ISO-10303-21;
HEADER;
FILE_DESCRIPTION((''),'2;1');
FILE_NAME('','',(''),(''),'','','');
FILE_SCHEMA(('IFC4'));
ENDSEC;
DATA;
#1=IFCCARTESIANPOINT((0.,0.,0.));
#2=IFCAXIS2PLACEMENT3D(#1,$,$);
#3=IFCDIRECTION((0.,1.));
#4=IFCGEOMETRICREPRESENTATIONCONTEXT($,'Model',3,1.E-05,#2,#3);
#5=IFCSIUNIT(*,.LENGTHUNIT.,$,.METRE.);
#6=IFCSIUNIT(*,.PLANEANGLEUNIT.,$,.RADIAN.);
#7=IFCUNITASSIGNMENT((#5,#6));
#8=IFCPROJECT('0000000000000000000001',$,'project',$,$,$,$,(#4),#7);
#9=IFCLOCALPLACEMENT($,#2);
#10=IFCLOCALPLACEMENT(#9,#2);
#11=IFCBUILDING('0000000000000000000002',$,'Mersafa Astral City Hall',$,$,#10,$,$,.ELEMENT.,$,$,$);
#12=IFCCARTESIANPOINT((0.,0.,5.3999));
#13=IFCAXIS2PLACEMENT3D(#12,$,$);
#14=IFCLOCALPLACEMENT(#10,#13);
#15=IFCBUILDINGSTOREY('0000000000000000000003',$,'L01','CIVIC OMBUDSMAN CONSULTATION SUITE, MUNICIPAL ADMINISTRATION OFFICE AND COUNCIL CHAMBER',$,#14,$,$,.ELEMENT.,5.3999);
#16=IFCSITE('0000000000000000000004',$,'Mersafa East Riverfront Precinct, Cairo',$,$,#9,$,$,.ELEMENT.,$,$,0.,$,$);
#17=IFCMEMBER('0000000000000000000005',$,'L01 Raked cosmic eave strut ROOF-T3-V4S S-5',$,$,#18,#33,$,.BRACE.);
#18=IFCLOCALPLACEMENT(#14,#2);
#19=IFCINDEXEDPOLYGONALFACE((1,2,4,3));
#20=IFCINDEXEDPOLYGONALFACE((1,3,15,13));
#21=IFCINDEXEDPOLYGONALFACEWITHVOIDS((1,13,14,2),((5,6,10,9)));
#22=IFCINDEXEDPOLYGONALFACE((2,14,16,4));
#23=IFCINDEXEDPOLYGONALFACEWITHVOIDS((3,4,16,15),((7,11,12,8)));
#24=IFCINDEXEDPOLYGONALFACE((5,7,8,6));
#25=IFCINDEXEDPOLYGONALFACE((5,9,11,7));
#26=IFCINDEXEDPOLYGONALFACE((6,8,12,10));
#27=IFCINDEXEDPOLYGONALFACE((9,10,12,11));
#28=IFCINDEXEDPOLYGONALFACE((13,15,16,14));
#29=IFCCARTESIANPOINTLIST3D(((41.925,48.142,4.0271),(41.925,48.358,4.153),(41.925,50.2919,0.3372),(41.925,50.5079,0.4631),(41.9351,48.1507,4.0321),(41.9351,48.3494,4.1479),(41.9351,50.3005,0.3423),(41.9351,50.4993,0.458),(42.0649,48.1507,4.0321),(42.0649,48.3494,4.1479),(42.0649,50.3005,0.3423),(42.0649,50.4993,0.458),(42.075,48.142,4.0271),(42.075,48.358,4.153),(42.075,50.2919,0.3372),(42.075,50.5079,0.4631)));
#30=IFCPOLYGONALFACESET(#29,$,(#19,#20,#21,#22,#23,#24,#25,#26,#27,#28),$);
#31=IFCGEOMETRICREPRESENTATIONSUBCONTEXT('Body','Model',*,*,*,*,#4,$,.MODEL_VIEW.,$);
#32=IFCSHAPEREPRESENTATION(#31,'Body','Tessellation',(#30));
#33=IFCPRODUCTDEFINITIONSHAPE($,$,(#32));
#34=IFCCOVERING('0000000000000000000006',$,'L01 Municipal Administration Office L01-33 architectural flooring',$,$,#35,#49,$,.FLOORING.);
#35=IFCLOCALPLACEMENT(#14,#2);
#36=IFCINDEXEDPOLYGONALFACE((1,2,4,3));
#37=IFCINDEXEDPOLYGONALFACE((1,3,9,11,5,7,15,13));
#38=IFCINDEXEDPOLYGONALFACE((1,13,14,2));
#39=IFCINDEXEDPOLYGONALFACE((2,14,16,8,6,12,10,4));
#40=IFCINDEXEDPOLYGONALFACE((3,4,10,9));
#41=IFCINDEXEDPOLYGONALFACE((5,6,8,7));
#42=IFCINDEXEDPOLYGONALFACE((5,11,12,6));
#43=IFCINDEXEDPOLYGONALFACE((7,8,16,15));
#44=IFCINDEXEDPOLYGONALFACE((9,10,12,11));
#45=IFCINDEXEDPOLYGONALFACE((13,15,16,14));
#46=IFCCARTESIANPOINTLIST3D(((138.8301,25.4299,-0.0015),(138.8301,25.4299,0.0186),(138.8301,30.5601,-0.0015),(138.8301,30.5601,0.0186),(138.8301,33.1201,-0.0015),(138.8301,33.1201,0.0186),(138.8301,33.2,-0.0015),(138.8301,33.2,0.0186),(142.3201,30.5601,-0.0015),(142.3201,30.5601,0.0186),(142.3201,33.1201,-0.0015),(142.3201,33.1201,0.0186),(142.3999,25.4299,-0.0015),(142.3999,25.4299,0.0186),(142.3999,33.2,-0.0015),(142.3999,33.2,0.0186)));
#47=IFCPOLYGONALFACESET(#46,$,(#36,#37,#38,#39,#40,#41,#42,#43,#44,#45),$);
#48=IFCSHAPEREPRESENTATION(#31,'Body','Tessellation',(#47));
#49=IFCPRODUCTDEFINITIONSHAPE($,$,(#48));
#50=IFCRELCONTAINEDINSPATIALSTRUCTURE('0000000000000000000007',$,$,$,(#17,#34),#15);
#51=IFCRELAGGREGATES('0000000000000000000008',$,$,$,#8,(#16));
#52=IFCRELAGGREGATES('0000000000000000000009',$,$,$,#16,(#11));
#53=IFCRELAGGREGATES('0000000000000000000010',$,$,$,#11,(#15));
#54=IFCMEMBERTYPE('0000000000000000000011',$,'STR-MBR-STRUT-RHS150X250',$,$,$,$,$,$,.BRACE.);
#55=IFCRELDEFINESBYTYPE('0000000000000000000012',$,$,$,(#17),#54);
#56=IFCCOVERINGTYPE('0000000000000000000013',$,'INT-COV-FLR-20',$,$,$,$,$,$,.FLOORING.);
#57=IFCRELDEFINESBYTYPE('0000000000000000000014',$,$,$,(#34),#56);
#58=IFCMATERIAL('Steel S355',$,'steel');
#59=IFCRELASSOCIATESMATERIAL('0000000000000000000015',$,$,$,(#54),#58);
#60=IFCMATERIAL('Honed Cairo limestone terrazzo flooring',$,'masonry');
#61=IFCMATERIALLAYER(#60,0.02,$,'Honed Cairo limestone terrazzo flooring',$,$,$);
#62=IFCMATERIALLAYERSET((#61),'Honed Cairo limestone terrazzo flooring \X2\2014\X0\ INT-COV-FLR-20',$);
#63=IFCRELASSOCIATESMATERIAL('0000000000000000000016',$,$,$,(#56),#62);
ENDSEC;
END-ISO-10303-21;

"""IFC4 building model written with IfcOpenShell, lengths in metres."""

from ifc_helpers import new_model, si_unit, direction, frame, origin, origin_2d, place, context, subcontext, project, spatial, polyline, hollow_rectangle, outline, extrude, material, layer, layer_set, material_profile, profile_set, type_object, element, save


model = new_model("IFC4")

# Units and contexts
model_context = context("Model", 3, precision=1e-05, world=origin(), true_north=direction((0.0, 1.0)))
body_context = subcontext(model_context, "Body", "Model", "MODEL_VIEW")
ifc_project = project(units=[si_unit("LENGTHUNIT", "METRE"), si_unit("PLANEANGLEUNIT", "RADIAN")], contexts=[model_context])

# Site, building, storey
site_placement = place(None, origin())
site = spatial("IfcSite", under=ifc_project, at=site_placement, Name="Mersafa East Riverfront Precinct, Cairo", CompositionType="ELEMENT", RefElevation=0.0)
building_placement = place(site_placement, origin())
building = spatial("IfcBuilding", under=site, at=building_placement, Name="Mersafa Astral City Hall", CompositionType="ELEMENT")
storey_placement = place(building_placement, frame((0.0, 0.0, 5.3999)))
storey = spatial("IfcBuildingStorey", under=building, at=storey_placement, Name="L01", Description="CIVIC OMBUDSMAN CONSULTATION SUITE, MUNICIPAL ADMINISTRATION OFFICE AND COUNCIL CHAMBER", CompositionType="ELEMENT", Elevation=5.3999)

# Shared definitions
ifc_material_1 = material(Name="Steel S355", Category="steel")

# Member
ifc_material_profile_1 = material_profile(ifc_material_1, hollow_rectangle(XDim=0.1499, YDim=0.25, WallThickness=0.01, at=origin_2d()), Name="RHS 150x250x10")
ifc_profile_set_1 = profile_set([ifc_material_profile_1], Name="Steel S355")
member_type = type_object("IfcMemberType", Name="STR-MBR-STRUT-RHS150X250", PredefinedType="BRACE", material=ifc_profile_set_1)
member_placement = place(storey_placement, frame((42.0, 50.3999, 0.4001), z_axis=(0.0, -0.503423, 0.86404), x_axis=(1.0, 0.0, 0.0)))
element("IfcMember", 1, at=member_placement, inside=storey, type_object=member_type, Name="L01 Raked cosmic eave strut ROOF-T3-V4S S-5", PredefinedType="BRACE", context=body_context, shape_type="SweptSolid", body=[
    extrude(hollow_rectangle(XDim=0.1499, YDim=0.25, WallThickness=0.01, at=origin_2d()), origin(), (0.0, 0.0, 1.0), 4.2705),
])

# Covering
ifc_material_2 = material(Name="Honed Cairo limestone terrazzo flooring", Category="masonry")
ifc_layer = layer(ifc_material_2, 0.02, Name="Honed Cairo limestone terrazzo flooring")
ifc_layer_set = layer_set([ifc_layer], Name="Honed Cairo limestone terrazzo flooring — INT-COV-FLR-20")
covering_type = type_object("IfcCoveringType", Name="INT-COV-FLR-20", PredefinedType="FLOORING", material=ifc_layer_set)
covering_placement = place(storey_placement, frame((0.0, 0.0, -0.0015)))
element("IfcCovering", 2, at=covering_placement, inside=storey, type_object=covering_type, Name="L01 Municipal Administration Office L01-33 architectural flooring", PredefinedType="FLOORING", context=body_context, shape_type="SweptSolid", body=[
    extrude(outline(polyline([(138.8301, 25.4299), (138.8301, 30.5601), (142.3201, 30.5601), (142.3201, 33.1201), (138.8301, 33.1201), (138.8301, 33.2), (142.3999, 33.2), (142.3999, 25.4299), (138.8301, 25.4299)])), origin(), (0.0, 0.0, 1.0), 0.02),
])

save(model, "model.ifc")
